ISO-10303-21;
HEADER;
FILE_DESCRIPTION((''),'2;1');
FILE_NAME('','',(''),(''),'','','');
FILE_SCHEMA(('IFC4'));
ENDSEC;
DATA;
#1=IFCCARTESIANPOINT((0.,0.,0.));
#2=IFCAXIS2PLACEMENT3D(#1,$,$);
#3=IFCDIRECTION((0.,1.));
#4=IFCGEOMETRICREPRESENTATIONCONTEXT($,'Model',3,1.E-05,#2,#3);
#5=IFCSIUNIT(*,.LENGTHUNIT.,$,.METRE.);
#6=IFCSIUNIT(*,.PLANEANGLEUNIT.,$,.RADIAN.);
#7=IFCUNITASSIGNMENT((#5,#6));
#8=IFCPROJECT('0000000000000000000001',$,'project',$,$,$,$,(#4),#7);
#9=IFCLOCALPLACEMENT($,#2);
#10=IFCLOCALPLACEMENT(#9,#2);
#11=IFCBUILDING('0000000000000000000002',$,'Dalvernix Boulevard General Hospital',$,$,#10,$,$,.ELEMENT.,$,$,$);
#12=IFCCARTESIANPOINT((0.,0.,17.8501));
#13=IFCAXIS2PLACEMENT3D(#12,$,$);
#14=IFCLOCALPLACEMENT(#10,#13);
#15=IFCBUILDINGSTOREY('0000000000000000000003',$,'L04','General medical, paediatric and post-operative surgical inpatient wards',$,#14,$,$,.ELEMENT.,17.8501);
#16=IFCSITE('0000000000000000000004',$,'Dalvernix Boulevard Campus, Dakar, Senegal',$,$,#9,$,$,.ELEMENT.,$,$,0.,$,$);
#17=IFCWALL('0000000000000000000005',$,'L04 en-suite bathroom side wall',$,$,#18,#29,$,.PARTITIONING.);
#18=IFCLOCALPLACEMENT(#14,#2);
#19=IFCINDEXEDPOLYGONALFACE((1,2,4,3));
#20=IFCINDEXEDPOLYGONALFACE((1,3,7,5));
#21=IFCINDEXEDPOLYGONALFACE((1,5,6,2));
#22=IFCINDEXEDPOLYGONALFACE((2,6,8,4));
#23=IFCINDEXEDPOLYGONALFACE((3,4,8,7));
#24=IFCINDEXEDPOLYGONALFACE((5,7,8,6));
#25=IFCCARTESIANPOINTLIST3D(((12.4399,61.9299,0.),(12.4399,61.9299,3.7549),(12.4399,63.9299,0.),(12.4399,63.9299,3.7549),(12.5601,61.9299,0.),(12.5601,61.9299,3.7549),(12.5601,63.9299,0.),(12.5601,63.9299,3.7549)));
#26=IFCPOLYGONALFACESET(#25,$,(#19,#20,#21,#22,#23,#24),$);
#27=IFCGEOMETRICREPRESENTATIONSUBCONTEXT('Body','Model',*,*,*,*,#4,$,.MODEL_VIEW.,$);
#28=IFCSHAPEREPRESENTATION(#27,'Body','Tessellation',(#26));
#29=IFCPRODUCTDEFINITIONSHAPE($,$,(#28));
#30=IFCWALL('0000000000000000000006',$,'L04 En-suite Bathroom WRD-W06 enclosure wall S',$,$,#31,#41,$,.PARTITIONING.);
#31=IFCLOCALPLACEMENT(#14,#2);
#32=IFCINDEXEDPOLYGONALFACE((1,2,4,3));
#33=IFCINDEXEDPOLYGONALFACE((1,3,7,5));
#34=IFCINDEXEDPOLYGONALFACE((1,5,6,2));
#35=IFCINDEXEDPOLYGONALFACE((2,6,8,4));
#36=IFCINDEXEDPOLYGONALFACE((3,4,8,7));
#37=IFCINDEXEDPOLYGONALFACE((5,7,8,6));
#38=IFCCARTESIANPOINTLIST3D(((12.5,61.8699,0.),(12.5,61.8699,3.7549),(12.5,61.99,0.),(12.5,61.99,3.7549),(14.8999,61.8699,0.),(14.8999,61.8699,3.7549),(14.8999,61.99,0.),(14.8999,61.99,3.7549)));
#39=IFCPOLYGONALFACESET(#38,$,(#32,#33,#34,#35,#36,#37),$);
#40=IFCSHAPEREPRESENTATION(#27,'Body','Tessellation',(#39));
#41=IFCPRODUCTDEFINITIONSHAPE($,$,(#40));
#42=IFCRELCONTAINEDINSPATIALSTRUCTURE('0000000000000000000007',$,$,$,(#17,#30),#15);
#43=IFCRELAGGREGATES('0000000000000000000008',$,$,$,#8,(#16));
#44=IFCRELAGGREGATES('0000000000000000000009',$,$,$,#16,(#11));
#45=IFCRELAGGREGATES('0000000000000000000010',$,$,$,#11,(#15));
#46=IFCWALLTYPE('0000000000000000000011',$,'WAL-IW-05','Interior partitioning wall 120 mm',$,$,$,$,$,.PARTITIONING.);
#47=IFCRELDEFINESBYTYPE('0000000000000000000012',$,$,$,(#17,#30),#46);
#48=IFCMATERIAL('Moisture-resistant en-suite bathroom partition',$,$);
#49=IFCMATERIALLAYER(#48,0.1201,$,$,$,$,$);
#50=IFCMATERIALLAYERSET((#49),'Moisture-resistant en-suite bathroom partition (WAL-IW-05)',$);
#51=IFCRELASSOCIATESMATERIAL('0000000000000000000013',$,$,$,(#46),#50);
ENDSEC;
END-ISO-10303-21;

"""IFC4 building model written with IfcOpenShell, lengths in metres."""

from ifc_helpers import new_model, si_unit, direction, frame, frame_2d, origin, place, context, subcontext, project, spatial, rectangle, extrude, material, layer, layer_set, type_object, element, save


model = new_model("IFC4")

# Units and contexts
model_context = context("Model", 3, precision=1e-05, world=origin(), true_north=direction((0.0, 1.0)))
body_context = subcontext(model_context, "Body", "Model", "MODEL_VIEW")
ifc_project = project(units=[si_unit("LENGTHUNIT", "METRE"), si_unit("PLANEANGLEUNIT", "RADIAN")], contexts=[model_context])

# Site, building, storey
site_placement = place(None, origin())
site = spatial("IfcSite", under=ifc_project, at=site_placement, Name="Dalvernix Boulevard Campus, Dakar, Senegal", CompositionType="ELEMENT", RefElevation=0.0)
building_placement = place(site_placement, origin())
building = spatial("IfcBuilding", under=site, at=building_placement, Name="Dalvernix Boulevard General Hospital", CompositionType="ELEMENT")
storey_placement = place(building_placement, frame((0.0, 0.0, 17.8501)))
storey = spatial("IfcBuildingStorey", under=building, at=storey_placement, Name="L04", Description="General medical, paediatric and post-operative surgical inpatient wards", CompositionType="ELEMENT", Elevation=17.8501)

# Shared definitions
ifc_material_1 = material(Name="Moisture-resistant en-suite bathroom partition")
ifc_layer_1 = layer(ifc_material_1, 0.1201)
ifc_layer_set_1 = layer_set([ifc_layer_1], Name="Moisture-resistant en-suite bathroom partition (WAL-IW-05)")
wall_type_1 = type_object("IfcWallType", Name="WAL-IW-05", Description="Interior partitioning wall 120 mm", PredefinedType="PARTITIONING", material=ifc_layer_set_1)

# Walls
wall_1_placement = place(storey_placement, frame((12.5, 61.9299, 0.0), z_axis=(0.0, 0.0, 1.0), x_axis=(0.0, 1.0, 0.0)))
element("IfcWall", 1, at=wall_1_placement, inside=storey, type_object=wall_type_1, Name="L04 en-suite bathroom side wall", PredefinedType="PARTITIONING", context=body_context, shape_type="SweptSolid", body=[
    extrude(rectangle(XDim=2.0, YDim=0.1201, at=frame_2d((1.0, 0.0))), origin(), (0.0, 0.0, 1.0), 3.7549),
])
wall_2_placement = place(storey_placement, frame((12.5, 61.9299, 0.0), z_axis=(0.0, 0.0, 1.0), x_axis=(1.0, 0.0, 0.0)))
element("IfcWall", 2, at=wall_2_placement, inside=storey, type_object=wall_type_1, Name="L04 En-suite Bathroom WRD-W06 enclosure wall S", PredefinedType="PARTITIONING", context=body_context, shape_type="SweptSolid", body=[
    extrude(rectangle(XDim=2.3999, YDim=0.1201, at=frame_2d((1.2, 0.0))), origin(), (0.0, 0.0, 1.0), 3.7549),
])

save(model, "model.ifc")
